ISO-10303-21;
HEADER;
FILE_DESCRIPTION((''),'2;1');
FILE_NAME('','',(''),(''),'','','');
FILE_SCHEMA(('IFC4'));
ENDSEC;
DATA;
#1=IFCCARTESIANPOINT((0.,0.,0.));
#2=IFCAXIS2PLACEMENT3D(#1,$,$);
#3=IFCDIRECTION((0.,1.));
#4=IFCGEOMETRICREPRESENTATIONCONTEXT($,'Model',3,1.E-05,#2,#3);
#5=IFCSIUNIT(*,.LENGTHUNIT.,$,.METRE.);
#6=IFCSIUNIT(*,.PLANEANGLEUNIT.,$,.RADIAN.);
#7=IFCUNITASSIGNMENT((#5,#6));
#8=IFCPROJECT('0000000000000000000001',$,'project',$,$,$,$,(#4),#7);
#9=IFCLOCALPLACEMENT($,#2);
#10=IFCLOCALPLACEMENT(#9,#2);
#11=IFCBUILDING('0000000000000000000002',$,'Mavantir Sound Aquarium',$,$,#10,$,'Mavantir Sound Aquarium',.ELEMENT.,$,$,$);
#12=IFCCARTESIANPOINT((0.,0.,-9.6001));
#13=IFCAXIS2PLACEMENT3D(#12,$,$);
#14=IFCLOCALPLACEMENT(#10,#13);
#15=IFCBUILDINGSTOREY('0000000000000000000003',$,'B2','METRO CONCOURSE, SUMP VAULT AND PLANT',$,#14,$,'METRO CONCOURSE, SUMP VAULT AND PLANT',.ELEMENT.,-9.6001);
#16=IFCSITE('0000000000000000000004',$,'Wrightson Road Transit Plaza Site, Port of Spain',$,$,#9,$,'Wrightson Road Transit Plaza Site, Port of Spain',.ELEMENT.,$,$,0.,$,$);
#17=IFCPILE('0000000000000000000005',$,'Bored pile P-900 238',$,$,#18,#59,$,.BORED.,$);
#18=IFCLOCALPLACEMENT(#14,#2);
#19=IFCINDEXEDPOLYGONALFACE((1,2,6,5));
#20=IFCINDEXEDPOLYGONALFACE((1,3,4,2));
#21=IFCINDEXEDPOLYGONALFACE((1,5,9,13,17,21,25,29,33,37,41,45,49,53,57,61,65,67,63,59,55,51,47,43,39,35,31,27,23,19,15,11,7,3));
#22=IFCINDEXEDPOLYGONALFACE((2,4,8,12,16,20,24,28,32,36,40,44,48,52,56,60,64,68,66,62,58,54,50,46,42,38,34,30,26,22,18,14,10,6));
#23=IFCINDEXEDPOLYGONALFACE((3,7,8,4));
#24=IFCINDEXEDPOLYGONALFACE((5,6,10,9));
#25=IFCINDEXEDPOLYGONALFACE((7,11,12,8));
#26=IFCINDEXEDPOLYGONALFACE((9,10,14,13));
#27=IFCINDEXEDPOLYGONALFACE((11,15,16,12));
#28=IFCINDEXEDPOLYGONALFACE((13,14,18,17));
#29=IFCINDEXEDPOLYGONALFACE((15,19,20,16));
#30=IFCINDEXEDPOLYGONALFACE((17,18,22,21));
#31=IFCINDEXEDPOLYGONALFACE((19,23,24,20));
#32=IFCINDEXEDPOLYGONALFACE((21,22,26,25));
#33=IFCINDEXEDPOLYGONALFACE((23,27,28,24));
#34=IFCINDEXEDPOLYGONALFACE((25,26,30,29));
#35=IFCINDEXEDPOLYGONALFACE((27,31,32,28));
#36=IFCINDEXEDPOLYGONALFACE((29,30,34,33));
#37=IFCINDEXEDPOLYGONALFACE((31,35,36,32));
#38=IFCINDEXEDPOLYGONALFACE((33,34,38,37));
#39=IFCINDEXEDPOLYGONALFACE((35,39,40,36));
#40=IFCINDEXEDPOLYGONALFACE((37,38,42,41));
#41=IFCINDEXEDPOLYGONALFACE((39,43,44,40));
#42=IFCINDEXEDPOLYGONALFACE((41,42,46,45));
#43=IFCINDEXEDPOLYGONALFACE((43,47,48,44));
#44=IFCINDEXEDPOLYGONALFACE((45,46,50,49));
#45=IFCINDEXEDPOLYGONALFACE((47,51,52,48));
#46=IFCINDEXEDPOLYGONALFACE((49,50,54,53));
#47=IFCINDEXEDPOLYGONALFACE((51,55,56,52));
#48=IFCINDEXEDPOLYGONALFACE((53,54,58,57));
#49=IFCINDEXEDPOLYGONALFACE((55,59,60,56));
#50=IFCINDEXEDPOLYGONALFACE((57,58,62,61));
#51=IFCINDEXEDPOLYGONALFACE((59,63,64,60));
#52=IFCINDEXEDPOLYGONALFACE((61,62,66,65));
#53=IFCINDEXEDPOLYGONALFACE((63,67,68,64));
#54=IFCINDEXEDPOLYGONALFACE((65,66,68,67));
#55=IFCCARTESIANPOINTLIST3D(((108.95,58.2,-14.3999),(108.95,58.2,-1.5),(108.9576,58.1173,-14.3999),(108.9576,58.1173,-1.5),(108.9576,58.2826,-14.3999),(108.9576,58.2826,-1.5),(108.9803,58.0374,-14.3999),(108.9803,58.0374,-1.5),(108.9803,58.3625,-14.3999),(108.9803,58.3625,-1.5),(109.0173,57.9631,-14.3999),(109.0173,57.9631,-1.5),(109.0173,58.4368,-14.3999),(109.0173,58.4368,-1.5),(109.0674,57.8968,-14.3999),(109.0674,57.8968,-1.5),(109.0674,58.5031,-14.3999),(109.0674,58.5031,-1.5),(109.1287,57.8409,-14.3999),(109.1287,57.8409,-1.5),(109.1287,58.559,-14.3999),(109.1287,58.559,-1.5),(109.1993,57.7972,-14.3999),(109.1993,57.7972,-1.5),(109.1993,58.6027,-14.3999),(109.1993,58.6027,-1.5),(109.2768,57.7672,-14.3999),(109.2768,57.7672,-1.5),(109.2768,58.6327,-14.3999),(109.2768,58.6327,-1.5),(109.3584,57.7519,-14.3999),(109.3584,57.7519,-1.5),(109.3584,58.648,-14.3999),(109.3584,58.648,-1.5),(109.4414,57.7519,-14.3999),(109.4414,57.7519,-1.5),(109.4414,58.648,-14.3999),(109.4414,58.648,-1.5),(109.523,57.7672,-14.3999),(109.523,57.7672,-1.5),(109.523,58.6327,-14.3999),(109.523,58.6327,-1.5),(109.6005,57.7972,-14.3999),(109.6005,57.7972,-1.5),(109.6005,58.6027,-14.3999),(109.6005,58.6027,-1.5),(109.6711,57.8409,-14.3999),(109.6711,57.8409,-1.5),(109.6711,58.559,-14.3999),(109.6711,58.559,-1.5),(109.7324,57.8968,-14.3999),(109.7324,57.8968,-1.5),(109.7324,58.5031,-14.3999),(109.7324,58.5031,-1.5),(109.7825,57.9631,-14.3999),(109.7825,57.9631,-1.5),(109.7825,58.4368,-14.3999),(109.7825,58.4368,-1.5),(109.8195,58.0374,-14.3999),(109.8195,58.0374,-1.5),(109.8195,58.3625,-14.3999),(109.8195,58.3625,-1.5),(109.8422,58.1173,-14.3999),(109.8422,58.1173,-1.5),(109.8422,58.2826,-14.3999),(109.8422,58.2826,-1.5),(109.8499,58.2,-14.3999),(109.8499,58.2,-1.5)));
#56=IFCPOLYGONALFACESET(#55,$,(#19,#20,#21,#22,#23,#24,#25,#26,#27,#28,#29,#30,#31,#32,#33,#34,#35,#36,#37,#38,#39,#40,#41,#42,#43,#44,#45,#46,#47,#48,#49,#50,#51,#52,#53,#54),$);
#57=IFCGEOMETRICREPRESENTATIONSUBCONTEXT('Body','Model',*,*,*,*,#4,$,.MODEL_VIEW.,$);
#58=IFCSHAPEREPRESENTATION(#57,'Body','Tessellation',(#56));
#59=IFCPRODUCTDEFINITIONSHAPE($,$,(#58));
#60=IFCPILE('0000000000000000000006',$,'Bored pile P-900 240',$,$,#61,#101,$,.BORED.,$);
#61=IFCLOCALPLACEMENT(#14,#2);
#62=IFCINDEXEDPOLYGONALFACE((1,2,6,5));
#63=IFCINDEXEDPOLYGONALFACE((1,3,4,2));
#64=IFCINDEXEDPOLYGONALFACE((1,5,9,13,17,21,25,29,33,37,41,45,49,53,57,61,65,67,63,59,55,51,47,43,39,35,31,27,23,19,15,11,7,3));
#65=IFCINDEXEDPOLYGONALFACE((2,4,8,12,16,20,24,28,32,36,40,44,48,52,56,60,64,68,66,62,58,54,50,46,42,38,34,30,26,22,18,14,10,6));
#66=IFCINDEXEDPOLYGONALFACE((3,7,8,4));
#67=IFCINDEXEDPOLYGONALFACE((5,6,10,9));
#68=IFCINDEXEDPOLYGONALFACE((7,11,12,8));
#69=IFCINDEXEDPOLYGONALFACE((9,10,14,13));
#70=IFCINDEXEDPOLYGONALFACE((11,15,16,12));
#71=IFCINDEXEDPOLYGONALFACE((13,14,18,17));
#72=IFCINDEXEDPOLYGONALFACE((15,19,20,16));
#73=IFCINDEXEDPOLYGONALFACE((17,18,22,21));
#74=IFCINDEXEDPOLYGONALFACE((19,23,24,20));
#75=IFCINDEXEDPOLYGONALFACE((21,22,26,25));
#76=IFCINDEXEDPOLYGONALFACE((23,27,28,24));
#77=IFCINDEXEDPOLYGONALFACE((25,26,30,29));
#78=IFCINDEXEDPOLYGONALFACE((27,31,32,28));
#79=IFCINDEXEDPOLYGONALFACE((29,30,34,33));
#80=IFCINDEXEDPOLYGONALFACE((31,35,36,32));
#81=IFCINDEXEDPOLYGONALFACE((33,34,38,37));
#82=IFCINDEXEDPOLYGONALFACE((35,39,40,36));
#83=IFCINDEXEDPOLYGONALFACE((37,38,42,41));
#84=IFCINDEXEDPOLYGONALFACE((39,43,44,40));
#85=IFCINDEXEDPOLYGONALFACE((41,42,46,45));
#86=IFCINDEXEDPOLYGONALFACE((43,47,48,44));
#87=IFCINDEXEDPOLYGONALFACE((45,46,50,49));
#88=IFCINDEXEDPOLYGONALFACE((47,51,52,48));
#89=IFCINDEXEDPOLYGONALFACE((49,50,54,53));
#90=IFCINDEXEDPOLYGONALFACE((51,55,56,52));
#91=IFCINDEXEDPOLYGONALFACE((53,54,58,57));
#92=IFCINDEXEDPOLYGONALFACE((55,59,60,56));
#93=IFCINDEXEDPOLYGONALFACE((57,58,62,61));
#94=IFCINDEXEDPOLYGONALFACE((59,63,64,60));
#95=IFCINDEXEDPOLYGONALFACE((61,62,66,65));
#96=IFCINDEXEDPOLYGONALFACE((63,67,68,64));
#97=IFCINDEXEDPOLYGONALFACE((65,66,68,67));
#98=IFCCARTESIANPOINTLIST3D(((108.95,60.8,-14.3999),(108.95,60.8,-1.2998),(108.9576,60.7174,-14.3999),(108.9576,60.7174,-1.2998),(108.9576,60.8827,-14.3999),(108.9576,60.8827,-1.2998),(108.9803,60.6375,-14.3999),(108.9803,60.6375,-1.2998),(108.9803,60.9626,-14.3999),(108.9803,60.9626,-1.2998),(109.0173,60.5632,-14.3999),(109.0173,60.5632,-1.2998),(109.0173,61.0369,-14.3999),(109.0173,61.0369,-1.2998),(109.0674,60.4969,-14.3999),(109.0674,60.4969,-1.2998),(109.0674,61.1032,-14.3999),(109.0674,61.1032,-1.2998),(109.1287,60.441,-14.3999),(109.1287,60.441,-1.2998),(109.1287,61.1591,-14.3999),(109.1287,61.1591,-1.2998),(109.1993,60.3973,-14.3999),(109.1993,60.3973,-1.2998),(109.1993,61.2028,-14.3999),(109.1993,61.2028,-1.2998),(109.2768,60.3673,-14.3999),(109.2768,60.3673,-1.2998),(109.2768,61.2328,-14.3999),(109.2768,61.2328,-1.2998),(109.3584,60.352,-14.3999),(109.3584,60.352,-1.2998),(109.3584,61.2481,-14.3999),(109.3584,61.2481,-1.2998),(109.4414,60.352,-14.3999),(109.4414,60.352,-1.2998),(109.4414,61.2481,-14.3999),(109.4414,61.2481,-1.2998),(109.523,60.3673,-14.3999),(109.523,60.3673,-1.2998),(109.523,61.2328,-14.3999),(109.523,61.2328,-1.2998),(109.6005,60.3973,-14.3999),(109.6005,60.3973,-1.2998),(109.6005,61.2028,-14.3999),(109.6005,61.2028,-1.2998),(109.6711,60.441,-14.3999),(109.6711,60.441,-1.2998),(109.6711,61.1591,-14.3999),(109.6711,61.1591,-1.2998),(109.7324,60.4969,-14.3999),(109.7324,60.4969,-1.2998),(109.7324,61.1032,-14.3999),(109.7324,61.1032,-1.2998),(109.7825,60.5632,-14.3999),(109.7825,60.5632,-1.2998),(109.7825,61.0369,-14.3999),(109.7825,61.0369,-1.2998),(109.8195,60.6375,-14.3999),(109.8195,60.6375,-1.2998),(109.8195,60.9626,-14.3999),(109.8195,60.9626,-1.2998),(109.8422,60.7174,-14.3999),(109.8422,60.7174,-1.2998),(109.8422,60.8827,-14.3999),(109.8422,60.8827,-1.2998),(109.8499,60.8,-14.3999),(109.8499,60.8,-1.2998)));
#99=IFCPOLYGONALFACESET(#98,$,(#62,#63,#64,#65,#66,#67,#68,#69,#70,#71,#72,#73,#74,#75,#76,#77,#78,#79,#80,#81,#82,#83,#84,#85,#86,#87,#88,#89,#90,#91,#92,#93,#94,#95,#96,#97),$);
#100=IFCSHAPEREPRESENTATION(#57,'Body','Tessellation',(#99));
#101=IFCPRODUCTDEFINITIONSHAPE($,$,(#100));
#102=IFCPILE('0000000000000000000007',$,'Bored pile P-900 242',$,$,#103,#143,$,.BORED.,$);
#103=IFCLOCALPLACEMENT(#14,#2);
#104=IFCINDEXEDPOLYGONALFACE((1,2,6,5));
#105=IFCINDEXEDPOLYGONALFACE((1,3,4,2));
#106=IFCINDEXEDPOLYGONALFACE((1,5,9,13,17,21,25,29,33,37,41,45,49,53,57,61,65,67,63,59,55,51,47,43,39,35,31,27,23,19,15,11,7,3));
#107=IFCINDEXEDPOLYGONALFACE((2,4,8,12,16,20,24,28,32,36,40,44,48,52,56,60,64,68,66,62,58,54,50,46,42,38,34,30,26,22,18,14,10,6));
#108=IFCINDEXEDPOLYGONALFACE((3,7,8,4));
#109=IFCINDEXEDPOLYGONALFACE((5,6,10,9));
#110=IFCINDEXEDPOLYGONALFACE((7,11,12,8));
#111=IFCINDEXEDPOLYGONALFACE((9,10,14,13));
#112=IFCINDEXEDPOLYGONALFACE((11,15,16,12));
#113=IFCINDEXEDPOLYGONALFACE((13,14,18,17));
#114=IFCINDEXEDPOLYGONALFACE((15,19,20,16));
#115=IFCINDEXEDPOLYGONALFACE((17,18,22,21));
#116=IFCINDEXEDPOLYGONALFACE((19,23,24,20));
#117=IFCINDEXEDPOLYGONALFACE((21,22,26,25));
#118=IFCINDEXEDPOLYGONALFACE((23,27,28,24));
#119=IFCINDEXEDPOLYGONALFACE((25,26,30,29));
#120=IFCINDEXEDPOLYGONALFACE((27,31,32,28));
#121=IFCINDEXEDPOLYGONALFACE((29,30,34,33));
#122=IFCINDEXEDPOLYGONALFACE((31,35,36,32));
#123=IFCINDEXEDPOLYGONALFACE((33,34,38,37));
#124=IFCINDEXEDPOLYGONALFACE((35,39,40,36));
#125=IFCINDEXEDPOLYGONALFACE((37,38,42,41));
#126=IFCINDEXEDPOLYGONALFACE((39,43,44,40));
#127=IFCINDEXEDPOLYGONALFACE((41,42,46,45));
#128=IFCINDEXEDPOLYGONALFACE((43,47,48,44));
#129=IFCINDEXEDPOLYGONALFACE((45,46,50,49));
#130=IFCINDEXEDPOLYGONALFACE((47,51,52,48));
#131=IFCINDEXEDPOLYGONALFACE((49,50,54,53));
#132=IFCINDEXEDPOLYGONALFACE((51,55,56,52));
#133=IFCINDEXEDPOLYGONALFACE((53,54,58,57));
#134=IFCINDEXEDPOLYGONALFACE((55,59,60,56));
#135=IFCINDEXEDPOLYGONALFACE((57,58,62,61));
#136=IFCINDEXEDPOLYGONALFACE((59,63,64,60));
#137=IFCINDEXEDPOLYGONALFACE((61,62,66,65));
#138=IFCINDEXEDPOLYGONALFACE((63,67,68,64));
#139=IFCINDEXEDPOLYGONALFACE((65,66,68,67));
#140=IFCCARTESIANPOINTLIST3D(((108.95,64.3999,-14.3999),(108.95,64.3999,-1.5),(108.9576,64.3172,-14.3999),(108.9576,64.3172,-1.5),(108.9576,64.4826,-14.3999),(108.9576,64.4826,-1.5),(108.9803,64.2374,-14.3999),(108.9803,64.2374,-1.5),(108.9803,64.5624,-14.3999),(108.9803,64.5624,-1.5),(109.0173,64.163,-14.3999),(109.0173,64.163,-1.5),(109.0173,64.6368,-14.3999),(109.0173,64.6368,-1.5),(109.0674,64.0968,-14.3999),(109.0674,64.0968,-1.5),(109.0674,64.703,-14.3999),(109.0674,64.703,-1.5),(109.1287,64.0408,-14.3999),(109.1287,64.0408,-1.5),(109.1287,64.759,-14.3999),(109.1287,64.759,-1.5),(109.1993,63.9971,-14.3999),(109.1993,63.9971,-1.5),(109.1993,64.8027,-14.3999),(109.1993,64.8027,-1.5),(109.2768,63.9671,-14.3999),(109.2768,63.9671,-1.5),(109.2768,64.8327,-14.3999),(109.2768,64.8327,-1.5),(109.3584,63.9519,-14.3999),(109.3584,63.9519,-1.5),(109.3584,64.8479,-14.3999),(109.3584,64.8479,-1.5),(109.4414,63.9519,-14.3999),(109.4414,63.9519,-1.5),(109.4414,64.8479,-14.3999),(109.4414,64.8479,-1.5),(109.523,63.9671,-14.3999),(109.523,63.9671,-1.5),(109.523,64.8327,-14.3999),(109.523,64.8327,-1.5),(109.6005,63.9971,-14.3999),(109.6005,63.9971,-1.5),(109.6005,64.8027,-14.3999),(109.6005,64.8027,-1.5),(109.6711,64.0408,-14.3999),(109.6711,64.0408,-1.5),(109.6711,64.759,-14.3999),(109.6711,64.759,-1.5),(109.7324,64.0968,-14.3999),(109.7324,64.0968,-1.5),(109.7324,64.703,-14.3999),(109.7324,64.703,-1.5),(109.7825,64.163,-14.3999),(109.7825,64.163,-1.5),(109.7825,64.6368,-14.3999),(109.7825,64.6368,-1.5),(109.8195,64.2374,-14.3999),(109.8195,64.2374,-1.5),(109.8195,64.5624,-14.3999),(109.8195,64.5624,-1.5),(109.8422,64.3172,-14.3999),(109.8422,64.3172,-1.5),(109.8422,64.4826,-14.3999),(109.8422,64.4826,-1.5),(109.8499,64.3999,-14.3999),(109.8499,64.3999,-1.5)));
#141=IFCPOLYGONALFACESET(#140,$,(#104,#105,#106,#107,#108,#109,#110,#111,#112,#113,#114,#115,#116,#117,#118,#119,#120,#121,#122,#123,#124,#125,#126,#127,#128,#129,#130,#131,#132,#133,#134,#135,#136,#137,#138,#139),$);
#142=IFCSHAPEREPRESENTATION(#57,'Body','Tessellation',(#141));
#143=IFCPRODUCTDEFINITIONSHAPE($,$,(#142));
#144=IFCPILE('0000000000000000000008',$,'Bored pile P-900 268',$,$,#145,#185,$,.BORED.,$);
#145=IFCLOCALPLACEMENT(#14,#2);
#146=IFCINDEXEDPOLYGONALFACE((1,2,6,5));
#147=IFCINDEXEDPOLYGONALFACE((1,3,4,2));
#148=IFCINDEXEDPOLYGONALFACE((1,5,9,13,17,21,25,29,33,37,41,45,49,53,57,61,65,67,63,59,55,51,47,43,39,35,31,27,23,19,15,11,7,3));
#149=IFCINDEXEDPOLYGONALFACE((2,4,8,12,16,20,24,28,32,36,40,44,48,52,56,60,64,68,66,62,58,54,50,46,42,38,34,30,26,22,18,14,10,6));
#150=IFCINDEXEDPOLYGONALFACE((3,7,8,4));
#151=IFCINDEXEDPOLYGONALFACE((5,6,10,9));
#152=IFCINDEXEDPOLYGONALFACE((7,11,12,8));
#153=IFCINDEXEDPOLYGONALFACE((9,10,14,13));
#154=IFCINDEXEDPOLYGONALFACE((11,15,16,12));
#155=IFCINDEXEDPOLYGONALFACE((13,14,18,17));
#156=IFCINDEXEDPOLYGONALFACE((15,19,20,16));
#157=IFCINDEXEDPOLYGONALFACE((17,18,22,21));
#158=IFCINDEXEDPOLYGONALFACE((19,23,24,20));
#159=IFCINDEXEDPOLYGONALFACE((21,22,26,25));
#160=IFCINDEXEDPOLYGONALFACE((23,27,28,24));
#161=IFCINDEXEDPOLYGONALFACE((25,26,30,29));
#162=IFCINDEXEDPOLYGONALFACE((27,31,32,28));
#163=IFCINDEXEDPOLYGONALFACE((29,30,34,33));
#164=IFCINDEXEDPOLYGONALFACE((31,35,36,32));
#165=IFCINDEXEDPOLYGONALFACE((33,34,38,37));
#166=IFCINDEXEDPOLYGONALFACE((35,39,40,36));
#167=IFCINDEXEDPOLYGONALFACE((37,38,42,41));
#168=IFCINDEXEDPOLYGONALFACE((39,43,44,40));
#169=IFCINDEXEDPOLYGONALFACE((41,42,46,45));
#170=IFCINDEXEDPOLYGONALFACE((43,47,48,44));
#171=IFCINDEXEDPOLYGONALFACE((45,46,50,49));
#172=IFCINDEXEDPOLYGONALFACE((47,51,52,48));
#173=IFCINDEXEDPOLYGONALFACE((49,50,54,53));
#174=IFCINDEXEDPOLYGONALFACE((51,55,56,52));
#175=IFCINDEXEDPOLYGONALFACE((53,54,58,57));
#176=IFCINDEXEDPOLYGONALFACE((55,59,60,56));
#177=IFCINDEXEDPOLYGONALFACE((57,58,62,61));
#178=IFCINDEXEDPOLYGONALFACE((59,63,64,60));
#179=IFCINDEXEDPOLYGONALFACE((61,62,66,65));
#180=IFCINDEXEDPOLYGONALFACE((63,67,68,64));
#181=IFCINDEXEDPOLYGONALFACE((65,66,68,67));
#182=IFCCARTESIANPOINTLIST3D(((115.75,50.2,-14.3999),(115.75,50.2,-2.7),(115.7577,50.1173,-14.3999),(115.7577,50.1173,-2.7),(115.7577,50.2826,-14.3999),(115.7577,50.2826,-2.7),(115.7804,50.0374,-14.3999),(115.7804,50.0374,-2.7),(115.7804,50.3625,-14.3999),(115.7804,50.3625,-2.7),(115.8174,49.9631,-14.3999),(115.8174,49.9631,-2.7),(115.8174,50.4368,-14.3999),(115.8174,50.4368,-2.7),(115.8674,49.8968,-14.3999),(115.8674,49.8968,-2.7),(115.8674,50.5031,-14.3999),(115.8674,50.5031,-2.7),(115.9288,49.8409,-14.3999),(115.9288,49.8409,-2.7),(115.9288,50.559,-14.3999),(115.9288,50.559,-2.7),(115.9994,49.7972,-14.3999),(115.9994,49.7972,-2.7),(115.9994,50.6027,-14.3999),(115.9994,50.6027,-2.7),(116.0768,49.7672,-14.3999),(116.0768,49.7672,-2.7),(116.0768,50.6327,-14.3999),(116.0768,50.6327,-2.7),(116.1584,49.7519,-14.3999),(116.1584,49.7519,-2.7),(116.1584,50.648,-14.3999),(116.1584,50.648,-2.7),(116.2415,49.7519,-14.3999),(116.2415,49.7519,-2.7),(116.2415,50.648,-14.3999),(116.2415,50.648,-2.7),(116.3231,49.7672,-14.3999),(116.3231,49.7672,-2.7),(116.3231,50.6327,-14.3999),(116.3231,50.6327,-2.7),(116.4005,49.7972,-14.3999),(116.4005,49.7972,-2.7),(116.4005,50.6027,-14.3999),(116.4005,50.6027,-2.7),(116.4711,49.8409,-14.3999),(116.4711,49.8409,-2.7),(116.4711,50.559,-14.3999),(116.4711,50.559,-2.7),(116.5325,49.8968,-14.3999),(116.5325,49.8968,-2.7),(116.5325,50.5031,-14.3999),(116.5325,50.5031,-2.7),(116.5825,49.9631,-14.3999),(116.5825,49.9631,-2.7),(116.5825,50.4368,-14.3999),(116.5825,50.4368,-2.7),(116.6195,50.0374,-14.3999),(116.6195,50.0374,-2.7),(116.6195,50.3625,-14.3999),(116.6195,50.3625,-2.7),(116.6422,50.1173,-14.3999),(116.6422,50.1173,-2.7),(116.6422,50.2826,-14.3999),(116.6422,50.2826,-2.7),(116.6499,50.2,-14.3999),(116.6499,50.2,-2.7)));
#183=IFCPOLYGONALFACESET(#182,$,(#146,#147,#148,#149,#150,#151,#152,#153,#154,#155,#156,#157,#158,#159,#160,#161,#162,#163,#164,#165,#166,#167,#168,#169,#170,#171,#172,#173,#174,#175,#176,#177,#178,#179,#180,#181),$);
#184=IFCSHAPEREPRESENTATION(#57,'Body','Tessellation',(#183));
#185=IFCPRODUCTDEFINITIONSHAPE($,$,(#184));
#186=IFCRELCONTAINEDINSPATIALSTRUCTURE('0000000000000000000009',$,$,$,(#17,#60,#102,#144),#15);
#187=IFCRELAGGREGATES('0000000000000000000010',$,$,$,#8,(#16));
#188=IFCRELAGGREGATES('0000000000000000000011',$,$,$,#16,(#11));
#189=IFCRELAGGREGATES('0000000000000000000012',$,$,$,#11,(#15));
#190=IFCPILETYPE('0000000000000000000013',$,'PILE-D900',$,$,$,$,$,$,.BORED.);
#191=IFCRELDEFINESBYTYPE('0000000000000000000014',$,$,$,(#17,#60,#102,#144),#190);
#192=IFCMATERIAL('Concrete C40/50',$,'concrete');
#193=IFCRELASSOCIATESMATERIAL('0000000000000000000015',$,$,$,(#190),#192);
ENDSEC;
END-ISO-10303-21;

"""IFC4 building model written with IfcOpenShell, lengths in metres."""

from ifc_helpers import new_model, si_unit, direction, frame, origin, origin_2d, place, context, subcontext, project, spatial, circle, extrude, material, material_profile, profile_set, type_object, element, save


model = new_model("IFC4")

# Units and contexts
model_context = context("Model", 3, precision=1e-05, world=origin(), true_north=direction((0.0, 1.0)))
body_context = subcontext(model_context, "Body", "Model", "MODEL_VIEW")
ifc_project = project(units=[si_unit("LENGTHUNIT", "METRE"), si_unit("PLANEANGLEUNIT", "RADIAN")], contexts=[model_context])

# Site, building, storey
site_placement = place(None, origin())
site = spatial("IfcSite", under=ifc_project, at=site_placement, Name="Wrightson Road Transit Plaza Site, Port of Spain", LongName="Wrightson Road Transit Plaza Site, Port of Spain", CompositionType="ELEMENT", RefElevation=0.0)
building_placement = place(site_placement, origin())
building = spatial("IfcBuilding", under=site, at=building_placement, Name="Mavantir Sound Aquarium", LongName="Mavantir Sound Aquarium", CompositionType="ELEMENT")
storey_placement = place(building_placement, frame((0.0, 0.0, -9.6001)))
storey = spatial("IfcBuildingStorey", under=building, at=storey_placement, Name="B2", Description="METRO CONCOURSE, SUMP VAULT AND PLANT", LongName="METRO CONCOURSE, SUMP VAULT AND PLANT", CompositionType="ELEMENT", Elevation=-9.6001)

# Shared definitions
ifc_material_1 = material(Name="Concrete C40/50", Category="concrete")

# Piles
ifc_material_profile_1 = material_profile(ifc_material_1, circle(Radius=0.45, at=origin_2d()), Name="PILE D900")
ifc_profile_set_1 = profile_set([ifc_material_profile_1], Name="Concrete C40/50")
pile_type = type_object("IfcPileType", Name="PILE-D900", PredefinedType="BORED", material=ifc_profile_set_1)
for number, where, z_axis, x_axis, name in (
    (1, (109.3999, 58.2, -1.5), (0.0, 0.0, -1.0), (1.0, 0.0, 0.0), "Bored pile P-900 238"),
):
    element("IfcPile", number, at=place(storey_placement, frame(where, z_axis=z_axis, x_axis=x_axis)), inside=storey, type_object=pile_type, Name=name, PredefinedType="BORED", context=body_context, shape_type="SweptSolid", body=[
        extrude(circle(Radius=0.45, at=origin_2d()), origin(), (0.0, 0.0, 1.0), 12.8999),
    ])
pile_1_placement = place(storey_placement, frame((109.3999, 60.8, -1.2998), z_axis=(0.0, 0.0, -1.0), x_axis=(1.0, 0.0, 0.0)))
element("IfcPile", 2, at=pile_1_placement, inside=storey, type_object=pile_type, Name="Bored pile P-900 240", PredefinedType="BORED", context=body_context, shape_type="SweptSolid", body=[
    extrude(circle(Radius=0.45, at=origin_2d()), origin(), (0.0, 0.0, 1.0), 13.1001),
])
pile_2_placement = place(storey_placement, frame((109.3999, 64.3999, -1.5), z_axis=(0.0, 0.0, -1.0), x_axis=(1.0, 0.0, 0.0)))
element("IfcPile", 3, at=pile_2_placement, inside=storey, type_object=pile_type, Name="Bored pile P-900 242", PredefinedType="BORED", context=body_context, shape_type="SweptSolid", body=[
    extrude(circle(Radius=0.45, at=origin_2d()), origin(), (0.0, 0.0, 1.0), 12.8999),
])
for number, where, z_axis, x_axis, name in (
    (4, (116.2, 50.2, -2.7), (0.0, 0.0, -1.0), (1.0, 0.0, 0.0), "Bored pile P-900 268"),
):
    element("IfcPile", number, at=place(storey_placement, frame(where, z_axis=z_axis, x_axis=x_axis)), inside=storey, type_object=pile_type, Name=name, PredefinedType="BORED", context=body_context, shape_type="SweptSolid", body=[
        extrude(circle(Radius=0.45, at=origin_2d()), origin(), (0.0, 0.0, 1.0), 11.7),
    ])

save(model, "model.ifc")
